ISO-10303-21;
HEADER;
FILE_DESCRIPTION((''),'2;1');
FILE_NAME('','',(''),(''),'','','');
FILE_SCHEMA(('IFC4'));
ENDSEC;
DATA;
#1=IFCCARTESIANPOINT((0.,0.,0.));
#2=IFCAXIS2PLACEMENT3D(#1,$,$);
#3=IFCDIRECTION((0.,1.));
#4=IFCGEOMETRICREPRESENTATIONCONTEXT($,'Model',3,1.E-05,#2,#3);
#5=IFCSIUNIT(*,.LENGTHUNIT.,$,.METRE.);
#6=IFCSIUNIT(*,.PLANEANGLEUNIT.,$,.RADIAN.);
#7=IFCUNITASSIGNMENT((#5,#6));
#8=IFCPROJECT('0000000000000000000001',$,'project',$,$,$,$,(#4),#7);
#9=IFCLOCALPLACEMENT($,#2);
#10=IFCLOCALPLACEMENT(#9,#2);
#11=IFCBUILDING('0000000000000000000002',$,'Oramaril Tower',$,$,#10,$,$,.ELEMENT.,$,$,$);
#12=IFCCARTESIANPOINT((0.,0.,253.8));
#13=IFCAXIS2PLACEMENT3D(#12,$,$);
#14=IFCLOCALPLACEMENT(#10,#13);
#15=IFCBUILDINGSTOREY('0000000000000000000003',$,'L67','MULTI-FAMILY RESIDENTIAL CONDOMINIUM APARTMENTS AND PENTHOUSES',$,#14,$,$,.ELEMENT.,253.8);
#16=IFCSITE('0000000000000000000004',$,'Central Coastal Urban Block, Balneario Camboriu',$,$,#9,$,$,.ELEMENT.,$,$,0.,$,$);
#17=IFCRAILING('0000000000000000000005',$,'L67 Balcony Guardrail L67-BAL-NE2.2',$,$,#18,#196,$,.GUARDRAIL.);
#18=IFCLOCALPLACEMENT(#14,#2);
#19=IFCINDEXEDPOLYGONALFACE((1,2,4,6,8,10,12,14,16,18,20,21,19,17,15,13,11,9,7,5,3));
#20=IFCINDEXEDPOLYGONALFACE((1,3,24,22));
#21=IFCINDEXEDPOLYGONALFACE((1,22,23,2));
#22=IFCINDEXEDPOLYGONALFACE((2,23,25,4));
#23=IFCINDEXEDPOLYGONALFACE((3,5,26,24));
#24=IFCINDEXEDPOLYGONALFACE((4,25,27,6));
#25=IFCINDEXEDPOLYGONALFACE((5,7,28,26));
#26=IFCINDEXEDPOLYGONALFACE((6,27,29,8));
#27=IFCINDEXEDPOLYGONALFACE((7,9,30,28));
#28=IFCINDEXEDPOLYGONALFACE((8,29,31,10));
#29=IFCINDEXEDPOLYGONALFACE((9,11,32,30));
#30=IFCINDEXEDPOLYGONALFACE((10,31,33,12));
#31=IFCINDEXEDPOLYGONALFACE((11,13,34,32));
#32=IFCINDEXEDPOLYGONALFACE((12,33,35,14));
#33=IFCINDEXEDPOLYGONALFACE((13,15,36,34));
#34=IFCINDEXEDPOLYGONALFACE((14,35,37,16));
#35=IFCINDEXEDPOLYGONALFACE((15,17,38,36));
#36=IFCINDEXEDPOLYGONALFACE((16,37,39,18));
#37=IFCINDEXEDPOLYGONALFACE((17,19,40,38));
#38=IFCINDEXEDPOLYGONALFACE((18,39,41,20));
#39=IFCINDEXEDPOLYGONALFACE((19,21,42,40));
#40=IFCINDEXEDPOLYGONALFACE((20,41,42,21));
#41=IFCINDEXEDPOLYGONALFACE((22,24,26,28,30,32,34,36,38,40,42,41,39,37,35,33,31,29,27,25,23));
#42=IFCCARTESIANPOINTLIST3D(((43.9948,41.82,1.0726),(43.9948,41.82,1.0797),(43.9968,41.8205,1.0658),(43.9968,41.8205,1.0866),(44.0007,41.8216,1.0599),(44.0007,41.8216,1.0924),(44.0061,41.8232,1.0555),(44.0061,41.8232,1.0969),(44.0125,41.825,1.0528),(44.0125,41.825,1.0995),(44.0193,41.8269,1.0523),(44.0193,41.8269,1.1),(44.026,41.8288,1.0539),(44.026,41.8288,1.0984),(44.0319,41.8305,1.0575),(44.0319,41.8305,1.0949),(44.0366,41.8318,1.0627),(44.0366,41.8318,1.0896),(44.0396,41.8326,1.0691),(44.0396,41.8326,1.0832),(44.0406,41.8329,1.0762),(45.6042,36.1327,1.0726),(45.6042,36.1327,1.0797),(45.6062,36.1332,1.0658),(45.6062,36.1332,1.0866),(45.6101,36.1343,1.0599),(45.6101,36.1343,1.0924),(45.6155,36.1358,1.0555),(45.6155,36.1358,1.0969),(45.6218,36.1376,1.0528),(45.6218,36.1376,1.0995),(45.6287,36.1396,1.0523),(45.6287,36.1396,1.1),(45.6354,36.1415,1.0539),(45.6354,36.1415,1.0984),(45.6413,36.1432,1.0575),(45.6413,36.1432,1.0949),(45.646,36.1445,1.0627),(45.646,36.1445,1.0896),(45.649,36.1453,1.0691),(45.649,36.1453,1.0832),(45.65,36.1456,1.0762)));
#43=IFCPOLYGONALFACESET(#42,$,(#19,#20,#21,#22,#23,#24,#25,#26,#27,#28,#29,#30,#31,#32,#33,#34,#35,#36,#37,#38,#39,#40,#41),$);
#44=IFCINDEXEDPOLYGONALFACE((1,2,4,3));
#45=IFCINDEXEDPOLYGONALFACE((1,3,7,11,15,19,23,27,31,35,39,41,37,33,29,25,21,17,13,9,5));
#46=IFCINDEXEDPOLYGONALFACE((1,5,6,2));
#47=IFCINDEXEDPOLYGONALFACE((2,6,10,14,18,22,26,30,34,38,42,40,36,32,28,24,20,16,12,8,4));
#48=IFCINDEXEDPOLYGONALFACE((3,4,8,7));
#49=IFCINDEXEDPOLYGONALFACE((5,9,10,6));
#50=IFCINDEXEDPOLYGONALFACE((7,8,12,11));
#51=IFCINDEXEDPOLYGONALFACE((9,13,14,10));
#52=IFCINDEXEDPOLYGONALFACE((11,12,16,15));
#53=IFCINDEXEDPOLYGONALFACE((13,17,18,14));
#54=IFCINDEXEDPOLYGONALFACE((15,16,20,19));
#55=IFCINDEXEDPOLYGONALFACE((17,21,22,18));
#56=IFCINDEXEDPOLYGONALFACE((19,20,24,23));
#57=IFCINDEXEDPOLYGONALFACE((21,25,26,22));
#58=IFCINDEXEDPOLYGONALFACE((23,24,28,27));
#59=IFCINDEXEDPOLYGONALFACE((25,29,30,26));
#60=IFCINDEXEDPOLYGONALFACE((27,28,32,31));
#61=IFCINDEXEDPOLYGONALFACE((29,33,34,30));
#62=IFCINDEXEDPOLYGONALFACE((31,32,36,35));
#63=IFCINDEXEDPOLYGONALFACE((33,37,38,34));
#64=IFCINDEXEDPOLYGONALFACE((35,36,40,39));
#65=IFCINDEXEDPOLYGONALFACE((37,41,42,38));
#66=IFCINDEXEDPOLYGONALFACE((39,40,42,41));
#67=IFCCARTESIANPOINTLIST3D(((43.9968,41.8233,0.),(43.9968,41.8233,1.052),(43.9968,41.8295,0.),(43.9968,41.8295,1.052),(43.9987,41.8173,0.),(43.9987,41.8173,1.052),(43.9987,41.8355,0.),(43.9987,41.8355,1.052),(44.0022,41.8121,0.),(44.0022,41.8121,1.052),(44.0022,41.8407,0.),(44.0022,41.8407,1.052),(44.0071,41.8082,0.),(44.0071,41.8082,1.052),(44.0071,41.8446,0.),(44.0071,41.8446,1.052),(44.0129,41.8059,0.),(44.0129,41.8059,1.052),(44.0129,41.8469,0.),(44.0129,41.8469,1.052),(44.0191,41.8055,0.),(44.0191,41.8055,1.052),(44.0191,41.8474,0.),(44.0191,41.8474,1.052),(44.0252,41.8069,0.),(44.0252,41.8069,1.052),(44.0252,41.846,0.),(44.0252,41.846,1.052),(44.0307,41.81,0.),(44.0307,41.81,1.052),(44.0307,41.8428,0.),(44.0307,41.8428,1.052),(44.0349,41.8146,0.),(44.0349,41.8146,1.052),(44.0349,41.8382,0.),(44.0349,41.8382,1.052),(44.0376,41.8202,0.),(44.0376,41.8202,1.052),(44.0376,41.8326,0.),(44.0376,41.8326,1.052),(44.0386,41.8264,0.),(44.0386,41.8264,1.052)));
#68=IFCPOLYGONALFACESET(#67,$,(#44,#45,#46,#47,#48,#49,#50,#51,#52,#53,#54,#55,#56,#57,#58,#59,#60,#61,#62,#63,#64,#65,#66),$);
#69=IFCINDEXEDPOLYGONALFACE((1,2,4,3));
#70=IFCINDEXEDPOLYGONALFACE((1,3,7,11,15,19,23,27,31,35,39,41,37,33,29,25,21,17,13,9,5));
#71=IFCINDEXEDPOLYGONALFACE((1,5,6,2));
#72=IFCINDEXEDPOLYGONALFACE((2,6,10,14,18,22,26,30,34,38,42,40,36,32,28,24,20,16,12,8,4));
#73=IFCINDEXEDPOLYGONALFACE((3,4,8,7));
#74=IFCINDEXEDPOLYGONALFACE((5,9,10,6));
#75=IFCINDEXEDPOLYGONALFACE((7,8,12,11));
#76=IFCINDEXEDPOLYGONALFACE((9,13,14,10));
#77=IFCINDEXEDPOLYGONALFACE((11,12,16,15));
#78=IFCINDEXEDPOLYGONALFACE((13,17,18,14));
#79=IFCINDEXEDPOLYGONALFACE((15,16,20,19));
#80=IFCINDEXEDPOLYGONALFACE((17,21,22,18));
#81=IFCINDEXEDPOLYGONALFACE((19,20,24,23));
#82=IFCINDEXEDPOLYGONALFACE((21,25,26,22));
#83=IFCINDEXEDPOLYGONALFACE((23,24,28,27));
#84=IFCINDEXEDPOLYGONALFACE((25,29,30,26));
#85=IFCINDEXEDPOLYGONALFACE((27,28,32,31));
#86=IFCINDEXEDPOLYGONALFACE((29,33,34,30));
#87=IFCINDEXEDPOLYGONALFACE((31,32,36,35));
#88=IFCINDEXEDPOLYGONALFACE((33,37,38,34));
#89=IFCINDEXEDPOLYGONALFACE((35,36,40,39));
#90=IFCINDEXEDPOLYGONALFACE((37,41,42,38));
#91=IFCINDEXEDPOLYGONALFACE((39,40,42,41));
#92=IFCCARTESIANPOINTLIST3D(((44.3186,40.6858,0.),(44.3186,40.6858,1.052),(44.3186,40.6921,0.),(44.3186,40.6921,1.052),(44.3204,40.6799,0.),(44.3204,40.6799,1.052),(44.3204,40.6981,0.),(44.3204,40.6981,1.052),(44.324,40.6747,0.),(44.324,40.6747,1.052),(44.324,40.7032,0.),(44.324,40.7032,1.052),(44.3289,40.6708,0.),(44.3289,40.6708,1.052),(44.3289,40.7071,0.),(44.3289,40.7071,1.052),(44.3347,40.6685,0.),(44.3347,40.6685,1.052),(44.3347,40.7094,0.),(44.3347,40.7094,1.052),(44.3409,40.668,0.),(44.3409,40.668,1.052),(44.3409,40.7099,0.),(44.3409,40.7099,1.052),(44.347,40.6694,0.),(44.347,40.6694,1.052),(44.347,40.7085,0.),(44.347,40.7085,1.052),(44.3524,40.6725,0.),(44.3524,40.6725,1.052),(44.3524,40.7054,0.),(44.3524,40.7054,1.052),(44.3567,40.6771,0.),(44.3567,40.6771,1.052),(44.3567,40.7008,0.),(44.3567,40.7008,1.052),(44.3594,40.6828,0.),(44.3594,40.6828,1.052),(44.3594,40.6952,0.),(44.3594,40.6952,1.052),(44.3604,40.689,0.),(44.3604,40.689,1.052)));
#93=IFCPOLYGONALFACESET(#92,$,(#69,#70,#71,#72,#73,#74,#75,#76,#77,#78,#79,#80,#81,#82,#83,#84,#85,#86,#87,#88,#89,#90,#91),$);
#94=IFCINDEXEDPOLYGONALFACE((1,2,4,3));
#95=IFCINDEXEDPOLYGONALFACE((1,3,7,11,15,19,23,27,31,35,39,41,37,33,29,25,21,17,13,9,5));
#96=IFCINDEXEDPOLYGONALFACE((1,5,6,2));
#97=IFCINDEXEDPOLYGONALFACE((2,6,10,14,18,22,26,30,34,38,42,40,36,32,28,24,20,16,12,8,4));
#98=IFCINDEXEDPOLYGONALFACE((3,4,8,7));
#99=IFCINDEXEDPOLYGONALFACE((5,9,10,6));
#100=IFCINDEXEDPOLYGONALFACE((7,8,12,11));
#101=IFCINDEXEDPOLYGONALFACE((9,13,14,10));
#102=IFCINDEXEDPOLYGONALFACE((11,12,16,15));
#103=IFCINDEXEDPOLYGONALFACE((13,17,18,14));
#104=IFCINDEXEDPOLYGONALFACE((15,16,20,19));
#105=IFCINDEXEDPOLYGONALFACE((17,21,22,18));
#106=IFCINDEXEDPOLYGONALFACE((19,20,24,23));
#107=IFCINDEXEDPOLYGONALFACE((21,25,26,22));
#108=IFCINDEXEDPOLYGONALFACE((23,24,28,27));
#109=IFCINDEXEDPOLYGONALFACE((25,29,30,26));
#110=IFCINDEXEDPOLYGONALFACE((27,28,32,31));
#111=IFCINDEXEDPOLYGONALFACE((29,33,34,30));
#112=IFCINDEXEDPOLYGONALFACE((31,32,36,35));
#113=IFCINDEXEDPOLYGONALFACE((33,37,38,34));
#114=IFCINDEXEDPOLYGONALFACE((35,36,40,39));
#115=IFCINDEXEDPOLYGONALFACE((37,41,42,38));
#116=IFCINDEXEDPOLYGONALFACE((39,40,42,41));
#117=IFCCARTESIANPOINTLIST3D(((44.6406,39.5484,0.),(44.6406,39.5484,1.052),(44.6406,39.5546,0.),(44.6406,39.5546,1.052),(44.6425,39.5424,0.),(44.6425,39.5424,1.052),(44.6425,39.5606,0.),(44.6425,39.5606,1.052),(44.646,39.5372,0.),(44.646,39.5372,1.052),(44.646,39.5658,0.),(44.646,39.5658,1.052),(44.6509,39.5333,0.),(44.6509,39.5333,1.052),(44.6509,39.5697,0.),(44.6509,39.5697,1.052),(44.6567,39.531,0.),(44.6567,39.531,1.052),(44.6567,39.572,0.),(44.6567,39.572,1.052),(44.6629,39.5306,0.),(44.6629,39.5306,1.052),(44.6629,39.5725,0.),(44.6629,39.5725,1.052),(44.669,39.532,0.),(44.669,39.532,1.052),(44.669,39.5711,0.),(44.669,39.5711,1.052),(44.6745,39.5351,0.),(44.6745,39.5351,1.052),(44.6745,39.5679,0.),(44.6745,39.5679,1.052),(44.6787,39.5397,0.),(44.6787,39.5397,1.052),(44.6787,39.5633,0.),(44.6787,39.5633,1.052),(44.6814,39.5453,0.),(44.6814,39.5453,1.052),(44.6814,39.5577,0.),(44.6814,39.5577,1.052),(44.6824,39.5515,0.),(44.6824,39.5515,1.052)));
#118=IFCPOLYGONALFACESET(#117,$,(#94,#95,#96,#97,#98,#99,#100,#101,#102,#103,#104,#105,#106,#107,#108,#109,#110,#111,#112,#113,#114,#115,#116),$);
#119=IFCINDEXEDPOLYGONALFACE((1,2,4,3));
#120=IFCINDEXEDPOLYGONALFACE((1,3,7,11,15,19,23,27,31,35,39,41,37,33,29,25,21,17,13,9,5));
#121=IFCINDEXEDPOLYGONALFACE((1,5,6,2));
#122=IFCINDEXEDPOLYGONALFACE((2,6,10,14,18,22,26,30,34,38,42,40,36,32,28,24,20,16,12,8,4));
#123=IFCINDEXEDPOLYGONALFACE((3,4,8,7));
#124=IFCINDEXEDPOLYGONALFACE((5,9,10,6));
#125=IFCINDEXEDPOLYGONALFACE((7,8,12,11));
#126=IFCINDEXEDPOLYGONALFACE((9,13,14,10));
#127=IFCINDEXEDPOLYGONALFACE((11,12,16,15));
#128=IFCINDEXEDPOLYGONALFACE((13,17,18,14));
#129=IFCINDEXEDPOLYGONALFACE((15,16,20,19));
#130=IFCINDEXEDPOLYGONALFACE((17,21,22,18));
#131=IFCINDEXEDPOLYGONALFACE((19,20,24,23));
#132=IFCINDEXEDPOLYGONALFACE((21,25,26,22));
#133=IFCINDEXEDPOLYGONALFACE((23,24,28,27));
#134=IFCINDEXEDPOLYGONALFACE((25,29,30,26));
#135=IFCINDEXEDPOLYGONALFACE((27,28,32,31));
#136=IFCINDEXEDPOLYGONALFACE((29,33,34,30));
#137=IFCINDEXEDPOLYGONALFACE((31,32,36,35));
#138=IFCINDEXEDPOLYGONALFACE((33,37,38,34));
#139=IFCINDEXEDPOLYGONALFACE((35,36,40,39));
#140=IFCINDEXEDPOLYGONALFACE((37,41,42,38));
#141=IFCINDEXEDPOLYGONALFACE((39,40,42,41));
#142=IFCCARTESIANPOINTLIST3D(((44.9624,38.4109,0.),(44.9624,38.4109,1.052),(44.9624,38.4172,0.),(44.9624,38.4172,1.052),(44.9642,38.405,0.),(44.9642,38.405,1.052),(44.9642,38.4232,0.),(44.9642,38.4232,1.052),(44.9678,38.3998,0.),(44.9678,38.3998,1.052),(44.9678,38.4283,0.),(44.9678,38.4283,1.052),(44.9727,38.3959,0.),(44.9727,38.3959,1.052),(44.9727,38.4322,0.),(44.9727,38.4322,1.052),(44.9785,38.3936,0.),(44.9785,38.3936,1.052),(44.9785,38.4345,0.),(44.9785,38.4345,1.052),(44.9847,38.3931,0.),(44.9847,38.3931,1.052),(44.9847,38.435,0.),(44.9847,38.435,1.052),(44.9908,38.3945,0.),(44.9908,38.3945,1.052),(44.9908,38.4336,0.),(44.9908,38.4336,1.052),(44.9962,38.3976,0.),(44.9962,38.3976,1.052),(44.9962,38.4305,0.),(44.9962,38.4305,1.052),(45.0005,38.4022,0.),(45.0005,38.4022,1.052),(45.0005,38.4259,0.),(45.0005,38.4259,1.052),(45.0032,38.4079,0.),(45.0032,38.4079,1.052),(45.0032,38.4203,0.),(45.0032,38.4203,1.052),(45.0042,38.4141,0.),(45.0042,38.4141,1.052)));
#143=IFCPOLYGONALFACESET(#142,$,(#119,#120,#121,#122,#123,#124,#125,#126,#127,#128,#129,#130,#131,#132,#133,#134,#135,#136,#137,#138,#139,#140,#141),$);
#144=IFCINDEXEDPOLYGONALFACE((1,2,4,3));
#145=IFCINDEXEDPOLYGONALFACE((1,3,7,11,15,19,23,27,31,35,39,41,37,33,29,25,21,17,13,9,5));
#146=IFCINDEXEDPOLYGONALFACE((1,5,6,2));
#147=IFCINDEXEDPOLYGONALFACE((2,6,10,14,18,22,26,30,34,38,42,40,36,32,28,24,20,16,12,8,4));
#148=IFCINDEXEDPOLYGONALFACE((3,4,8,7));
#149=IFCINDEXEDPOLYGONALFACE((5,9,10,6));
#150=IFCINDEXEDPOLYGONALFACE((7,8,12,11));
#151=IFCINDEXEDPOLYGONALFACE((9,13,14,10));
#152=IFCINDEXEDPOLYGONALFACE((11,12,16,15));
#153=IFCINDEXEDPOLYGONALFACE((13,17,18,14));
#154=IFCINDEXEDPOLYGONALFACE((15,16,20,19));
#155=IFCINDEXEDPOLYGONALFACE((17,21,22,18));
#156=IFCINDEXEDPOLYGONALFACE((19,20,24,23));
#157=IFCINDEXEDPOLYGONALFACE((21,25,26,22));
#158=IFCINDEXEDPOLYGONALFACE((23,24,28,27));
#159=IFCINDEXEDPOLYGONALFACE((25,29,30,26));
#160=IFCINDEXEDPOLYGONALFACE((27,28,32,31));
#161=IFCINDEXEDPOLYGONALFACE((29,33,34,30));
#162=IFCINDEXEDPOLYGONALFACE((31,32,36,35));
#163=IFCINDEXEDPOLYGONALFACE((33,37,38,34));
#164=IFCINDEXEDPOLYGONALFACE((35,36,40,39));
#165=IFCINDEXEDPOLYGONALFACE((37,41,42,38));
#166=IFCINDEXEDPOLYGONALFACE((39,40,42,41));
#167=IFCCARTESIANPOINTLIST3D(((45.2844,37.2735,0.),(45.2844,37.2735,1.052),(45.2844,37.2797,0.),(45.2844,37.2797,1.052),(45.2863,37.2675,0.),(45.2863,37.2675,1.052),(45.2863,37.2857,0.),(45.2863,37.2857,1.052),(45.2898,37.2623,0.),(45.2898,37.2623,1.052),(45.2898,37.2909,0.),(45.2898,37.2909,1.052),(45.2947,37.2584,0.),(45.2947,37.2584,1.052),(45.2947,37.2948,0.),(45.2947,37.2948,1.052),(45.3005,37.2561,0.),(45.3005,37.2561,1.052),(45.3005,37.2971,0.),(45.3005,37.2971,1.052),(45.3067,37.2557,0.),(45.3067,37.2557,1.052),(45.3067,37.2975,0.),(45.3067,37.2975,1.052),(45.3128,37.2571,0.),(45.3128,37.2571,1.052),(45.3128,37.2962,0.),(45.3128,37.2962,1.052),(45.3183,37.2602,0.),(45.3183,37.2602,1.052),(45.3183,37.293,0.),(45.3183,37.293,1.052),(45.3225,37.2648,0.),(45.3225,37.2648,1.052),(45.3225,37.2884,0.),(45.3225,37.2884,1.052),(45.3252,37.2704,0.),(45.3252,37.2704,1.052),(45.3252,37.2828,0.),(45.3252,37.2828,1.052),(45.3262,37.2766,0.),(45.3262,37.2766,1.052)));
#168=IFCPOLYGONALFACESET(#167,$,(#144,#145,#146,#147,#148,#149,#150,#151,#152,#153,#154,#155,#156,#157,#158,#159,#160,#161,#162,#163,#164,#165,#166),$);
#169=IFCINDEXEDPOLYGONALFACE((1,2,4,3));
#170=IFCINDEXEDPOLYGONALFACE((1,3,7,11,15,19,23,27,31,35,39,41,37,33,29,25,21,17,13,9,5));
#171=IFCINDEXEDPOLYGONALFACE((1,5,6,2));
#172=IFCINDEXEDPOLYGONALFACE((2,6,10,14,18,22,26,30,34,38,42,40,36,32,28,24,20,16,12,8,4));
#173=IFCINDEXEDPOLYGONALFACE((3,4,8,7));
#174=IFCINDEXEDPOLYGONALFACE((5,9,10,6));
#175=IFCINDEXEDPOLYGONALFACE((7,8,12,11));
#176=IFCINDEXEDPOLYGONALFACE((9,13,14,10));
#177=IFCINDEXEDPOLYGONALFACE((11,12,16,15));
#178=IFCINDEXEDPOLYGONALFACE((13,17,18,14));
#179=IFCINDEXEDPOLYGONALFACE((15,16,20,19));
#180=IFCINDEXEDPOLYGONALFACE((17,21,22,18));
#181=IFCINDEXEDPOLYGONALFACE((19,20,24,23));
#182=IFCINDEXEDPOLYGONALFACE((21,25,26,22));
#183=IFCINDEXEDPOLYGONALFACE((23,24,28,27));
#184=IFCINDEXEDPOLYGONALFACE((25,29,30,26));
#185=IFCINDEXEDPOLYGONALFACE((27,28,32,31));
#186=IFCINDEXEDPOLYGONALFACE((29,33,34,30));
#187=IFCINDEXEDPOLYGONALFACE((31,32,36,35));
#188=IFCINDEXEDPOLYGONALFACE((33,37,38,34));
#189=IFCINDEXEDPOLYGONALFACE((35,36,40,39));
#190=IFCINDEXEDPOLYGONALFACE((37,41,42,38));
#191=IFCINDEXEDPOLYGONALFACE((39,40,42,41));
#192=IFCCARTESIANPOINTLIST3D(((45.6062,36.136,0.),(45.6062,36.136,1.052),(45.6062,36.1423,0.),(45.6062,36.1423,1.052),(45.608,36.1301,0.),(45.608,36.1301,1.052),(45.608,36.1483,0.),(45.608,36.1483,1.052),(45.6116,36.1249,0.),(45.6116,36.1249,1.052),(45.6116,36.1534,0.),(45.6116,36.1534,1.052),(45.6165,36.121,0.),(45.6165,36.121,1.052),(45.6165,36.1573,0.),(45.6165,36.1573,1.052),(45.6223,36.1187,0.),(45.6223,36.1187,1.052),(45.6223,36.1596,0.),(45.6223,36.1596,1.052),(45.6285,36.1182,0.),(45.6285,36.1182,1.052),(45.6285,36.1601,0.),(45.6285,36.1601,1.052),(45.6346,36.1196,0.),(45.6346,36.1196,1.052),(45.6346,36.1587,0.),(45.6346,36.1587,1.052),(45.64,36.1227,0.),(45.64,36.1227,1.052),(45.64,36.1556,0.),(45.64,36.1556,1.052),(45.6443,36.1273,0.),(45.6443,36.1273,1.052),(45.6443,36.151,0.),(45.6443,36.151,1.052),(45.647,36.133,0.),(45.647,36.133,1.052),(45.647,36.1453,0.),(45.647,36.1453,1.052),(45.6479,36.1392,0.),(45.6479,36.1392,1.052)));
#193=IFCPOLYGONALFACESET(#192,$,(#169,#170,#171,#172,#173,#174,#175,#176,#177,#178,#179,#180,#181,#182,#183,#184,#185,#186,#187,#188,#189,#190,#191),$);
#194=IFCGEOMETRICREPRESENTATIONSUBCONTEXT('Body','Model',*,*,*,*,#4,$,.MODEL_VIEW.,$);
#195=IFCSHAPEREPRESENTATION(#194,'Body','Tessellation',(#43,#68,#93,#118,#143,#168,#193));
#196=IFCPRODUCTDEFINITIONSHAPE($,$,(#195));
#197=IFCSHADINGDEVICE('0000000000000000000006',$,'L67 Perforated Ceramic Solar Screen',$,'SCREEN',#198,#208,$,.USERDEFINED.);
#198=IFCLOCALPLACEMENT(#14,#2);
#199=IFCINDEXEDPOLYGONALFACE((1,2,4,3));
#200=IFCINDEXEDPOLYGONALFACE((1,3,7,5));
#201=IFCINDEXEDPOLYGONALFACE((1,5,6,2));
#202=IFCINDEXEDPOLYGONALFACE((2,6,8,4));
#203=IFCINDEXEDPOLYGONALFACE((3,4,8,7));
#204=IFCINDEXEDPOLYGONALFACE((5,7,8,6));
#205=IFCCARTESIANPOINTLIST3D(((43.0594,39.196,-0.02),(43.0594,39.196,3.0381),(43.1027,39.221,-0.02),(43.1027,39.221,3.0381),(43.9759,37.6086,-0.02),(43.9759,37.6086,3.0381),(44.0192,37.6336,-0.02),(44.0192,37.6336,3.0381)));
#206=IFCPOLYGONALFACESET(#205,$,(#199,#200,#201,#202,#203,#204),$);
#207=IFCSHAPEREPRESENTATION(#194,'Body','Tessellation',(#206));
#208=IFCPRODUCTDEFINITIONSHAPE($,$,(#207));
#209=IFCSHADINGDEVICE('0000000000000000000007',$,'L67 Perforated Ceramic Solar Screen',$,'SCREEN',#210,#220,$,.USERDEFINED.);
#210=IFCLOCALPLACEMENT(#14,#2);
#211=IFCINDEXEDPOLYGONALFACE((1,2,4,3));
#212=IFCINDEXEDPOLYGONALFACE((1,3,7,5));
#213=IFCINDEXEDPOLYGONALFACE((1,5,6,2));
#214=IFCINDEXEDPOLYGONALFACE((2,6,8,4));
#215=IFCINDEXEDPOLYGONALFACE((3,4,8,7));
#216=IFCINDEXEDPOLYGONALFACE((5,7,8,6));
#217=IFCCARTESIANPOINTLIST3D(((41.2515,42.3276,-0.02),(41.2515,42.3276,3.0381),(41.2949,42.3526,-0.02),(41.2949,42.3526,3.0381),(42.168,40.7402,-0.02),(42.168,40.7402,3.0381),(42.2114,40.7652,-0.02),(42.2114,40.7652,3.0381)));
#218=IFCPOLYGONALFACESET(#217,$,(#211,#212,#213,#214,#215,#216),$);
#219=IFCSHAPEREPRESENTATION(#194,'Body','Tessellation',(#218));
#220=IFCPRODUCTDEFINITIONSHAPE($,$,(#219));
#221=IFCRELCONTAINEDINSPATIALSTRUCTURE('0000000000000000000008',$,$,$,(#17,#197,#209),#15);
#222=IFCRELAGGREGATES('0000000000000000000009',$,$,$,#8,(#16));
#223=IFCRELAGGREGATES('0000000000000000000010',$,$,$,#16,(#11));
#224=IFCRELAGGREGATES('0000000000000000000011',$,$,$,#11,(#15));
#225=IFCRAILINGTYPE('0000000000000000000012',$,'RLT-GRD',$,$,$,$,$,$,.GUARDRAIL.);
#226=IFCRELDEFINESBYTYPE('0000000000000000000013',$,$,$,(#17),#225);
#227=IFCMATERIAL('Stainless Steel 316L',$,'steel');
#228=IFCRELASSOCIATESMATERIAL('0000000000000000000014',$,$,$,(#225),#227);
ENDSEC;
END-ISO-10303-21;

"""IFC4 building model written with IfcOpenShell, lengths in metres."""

from ifc_helpers import new_model, si_unit, direction, frame, origin, origin_2d, place, context, subcontext, project, spatial, rectangle, circle, extrude, material, type_object, element, save


model = new_model("IFC4")

# Units and contexts
model_context = context("Model", 3, precision=1e-05, world=origin(), true_north=direction((0.0, 1.0)))
body_context = subcontext(model_context, "Body", "Model", "MODEL_VIEW")
ifc_project = project(units=[si_unit("LENGTHUNIT", "METRE"), si_unit("PLANEANGLEUNIT", "RADIAN")], contexts=[model_context])

# Site, building, storey
site_placement = place(None, origin())
site = spatial("IfcSite", under=ifc_project, at=site_placement, Name="Central Coastal Urban Block, Balneario Camboriu", CompositionType="ELEMENT", RefElevation=0.0)
building_placement = place(site_placement, origin())
building = spatial("IfcBuilding", under=site, at=building_placement, Name="Oramaril Tower", CompositionType="ELEMENT")
storey_placement = place(building_placement, frame((0.0, 0.0, 253.8)))
storey = spatial("IfcBuildingStorey", under=building, at=storey_placement, Name="L67", Description="MULTI-FAMILY RESIDENTIAL CONDOMINIUM APARTMENTS AND PENTHOUSES", CompositionType="ELEMENT", Elevation=253.8)

# Railing
ifc_material_1 = material(Name="Stainless Steel 316L", Category="steel")
railing_type = type_object("IfcRailingType", Name="RLT-GRD", PredefinedType="GUARDRAIL", material=ifc_material_1)
railing_1_placement = place(storey_placement, frame((44.0176, 41.8264, 0.0)))
element("IfcRailing", 1, at=railing_1_placement, inside=storey, type_object=railing_type, Name="L67 Balcony Guardrail L67-BAL-NE2.2", PredefinedType="GUARDRAIL", context=body_context, shape_type="SweptSolid", body=[
    extrude(circle(Radius=0.0239, at=origin_2d()), frame((0.0, 0.0, 1.0762), z_axis=(0.272287, -0.962216, 0.0), x_axis=(0.962216, 0.272287, 0.0)), (0.0, 0.0, 1.0), 5.9106),
    extrude(circle(Radius=0.021, at=origin_2d()), origin(), (0.0, 0.0, 1.0), 1.052),
    extrude(circle(Radius=0.021, at=origin_2d()), frame((0.3218, -1.1375, 0.0)), (0.0, 0.0, 1.0), 1.052),
    extrude(circle(Radius=0.021, at=origin_2d()), frame((0.6438, -2.2749, 0.0)), (0.0, 0.0, 1.0), 1.052),
    extrude(circle(Radius=0.021, at=origin_2d()), frame((0.9656, -3.4124, 0.0)), (0.0, 0.0, 1.0), 1.052),
    extrude(circle(Radius=0.021, at=origin_2d()), frame((1.2876, -4.5498, 0.0)), (0.0, 0.0, 1.0), 1.052),
    extrude(circle(Radius=0.021, at=origin_2d()), frame((1.6094, -5.6873, 0.0)), (0.0, 0.0, 1.0), 1.052),
])

# Shading devices
for number, where, z_axis, x_axis, name in (
    (2, (43.5393, 38.4148, -0.02), (0.0, 0.0, 1.0), (-0.500002, 0.866025, 0.0), "L67 Perforated Ceramic Solar Screen"),
    (3, (41.7314, 41.5464, -0.02), (0.0, 0.0, 1.0), (-0.500002, 0.866025, 0.0), "L67 Perforated Ceramic Solar Screen"),
):
    element("IfcShadingDevice", number, at=place(storey_placement, frame(where, z_axis=z_axis, x_axis=x_axis)), inside=storey, Name=name, ObjectType="SCREEN", PredefinedType="USERDEFINED", context=body_context, shape_type="SweptSolid", body=[
        extrude(rectangle(XDim=1.833, YDim=0.05, at=origin_2d()), origin(), (0.0, 0.0, 1.0), 3.0581),
    ])

save(model, "model.ifc")
